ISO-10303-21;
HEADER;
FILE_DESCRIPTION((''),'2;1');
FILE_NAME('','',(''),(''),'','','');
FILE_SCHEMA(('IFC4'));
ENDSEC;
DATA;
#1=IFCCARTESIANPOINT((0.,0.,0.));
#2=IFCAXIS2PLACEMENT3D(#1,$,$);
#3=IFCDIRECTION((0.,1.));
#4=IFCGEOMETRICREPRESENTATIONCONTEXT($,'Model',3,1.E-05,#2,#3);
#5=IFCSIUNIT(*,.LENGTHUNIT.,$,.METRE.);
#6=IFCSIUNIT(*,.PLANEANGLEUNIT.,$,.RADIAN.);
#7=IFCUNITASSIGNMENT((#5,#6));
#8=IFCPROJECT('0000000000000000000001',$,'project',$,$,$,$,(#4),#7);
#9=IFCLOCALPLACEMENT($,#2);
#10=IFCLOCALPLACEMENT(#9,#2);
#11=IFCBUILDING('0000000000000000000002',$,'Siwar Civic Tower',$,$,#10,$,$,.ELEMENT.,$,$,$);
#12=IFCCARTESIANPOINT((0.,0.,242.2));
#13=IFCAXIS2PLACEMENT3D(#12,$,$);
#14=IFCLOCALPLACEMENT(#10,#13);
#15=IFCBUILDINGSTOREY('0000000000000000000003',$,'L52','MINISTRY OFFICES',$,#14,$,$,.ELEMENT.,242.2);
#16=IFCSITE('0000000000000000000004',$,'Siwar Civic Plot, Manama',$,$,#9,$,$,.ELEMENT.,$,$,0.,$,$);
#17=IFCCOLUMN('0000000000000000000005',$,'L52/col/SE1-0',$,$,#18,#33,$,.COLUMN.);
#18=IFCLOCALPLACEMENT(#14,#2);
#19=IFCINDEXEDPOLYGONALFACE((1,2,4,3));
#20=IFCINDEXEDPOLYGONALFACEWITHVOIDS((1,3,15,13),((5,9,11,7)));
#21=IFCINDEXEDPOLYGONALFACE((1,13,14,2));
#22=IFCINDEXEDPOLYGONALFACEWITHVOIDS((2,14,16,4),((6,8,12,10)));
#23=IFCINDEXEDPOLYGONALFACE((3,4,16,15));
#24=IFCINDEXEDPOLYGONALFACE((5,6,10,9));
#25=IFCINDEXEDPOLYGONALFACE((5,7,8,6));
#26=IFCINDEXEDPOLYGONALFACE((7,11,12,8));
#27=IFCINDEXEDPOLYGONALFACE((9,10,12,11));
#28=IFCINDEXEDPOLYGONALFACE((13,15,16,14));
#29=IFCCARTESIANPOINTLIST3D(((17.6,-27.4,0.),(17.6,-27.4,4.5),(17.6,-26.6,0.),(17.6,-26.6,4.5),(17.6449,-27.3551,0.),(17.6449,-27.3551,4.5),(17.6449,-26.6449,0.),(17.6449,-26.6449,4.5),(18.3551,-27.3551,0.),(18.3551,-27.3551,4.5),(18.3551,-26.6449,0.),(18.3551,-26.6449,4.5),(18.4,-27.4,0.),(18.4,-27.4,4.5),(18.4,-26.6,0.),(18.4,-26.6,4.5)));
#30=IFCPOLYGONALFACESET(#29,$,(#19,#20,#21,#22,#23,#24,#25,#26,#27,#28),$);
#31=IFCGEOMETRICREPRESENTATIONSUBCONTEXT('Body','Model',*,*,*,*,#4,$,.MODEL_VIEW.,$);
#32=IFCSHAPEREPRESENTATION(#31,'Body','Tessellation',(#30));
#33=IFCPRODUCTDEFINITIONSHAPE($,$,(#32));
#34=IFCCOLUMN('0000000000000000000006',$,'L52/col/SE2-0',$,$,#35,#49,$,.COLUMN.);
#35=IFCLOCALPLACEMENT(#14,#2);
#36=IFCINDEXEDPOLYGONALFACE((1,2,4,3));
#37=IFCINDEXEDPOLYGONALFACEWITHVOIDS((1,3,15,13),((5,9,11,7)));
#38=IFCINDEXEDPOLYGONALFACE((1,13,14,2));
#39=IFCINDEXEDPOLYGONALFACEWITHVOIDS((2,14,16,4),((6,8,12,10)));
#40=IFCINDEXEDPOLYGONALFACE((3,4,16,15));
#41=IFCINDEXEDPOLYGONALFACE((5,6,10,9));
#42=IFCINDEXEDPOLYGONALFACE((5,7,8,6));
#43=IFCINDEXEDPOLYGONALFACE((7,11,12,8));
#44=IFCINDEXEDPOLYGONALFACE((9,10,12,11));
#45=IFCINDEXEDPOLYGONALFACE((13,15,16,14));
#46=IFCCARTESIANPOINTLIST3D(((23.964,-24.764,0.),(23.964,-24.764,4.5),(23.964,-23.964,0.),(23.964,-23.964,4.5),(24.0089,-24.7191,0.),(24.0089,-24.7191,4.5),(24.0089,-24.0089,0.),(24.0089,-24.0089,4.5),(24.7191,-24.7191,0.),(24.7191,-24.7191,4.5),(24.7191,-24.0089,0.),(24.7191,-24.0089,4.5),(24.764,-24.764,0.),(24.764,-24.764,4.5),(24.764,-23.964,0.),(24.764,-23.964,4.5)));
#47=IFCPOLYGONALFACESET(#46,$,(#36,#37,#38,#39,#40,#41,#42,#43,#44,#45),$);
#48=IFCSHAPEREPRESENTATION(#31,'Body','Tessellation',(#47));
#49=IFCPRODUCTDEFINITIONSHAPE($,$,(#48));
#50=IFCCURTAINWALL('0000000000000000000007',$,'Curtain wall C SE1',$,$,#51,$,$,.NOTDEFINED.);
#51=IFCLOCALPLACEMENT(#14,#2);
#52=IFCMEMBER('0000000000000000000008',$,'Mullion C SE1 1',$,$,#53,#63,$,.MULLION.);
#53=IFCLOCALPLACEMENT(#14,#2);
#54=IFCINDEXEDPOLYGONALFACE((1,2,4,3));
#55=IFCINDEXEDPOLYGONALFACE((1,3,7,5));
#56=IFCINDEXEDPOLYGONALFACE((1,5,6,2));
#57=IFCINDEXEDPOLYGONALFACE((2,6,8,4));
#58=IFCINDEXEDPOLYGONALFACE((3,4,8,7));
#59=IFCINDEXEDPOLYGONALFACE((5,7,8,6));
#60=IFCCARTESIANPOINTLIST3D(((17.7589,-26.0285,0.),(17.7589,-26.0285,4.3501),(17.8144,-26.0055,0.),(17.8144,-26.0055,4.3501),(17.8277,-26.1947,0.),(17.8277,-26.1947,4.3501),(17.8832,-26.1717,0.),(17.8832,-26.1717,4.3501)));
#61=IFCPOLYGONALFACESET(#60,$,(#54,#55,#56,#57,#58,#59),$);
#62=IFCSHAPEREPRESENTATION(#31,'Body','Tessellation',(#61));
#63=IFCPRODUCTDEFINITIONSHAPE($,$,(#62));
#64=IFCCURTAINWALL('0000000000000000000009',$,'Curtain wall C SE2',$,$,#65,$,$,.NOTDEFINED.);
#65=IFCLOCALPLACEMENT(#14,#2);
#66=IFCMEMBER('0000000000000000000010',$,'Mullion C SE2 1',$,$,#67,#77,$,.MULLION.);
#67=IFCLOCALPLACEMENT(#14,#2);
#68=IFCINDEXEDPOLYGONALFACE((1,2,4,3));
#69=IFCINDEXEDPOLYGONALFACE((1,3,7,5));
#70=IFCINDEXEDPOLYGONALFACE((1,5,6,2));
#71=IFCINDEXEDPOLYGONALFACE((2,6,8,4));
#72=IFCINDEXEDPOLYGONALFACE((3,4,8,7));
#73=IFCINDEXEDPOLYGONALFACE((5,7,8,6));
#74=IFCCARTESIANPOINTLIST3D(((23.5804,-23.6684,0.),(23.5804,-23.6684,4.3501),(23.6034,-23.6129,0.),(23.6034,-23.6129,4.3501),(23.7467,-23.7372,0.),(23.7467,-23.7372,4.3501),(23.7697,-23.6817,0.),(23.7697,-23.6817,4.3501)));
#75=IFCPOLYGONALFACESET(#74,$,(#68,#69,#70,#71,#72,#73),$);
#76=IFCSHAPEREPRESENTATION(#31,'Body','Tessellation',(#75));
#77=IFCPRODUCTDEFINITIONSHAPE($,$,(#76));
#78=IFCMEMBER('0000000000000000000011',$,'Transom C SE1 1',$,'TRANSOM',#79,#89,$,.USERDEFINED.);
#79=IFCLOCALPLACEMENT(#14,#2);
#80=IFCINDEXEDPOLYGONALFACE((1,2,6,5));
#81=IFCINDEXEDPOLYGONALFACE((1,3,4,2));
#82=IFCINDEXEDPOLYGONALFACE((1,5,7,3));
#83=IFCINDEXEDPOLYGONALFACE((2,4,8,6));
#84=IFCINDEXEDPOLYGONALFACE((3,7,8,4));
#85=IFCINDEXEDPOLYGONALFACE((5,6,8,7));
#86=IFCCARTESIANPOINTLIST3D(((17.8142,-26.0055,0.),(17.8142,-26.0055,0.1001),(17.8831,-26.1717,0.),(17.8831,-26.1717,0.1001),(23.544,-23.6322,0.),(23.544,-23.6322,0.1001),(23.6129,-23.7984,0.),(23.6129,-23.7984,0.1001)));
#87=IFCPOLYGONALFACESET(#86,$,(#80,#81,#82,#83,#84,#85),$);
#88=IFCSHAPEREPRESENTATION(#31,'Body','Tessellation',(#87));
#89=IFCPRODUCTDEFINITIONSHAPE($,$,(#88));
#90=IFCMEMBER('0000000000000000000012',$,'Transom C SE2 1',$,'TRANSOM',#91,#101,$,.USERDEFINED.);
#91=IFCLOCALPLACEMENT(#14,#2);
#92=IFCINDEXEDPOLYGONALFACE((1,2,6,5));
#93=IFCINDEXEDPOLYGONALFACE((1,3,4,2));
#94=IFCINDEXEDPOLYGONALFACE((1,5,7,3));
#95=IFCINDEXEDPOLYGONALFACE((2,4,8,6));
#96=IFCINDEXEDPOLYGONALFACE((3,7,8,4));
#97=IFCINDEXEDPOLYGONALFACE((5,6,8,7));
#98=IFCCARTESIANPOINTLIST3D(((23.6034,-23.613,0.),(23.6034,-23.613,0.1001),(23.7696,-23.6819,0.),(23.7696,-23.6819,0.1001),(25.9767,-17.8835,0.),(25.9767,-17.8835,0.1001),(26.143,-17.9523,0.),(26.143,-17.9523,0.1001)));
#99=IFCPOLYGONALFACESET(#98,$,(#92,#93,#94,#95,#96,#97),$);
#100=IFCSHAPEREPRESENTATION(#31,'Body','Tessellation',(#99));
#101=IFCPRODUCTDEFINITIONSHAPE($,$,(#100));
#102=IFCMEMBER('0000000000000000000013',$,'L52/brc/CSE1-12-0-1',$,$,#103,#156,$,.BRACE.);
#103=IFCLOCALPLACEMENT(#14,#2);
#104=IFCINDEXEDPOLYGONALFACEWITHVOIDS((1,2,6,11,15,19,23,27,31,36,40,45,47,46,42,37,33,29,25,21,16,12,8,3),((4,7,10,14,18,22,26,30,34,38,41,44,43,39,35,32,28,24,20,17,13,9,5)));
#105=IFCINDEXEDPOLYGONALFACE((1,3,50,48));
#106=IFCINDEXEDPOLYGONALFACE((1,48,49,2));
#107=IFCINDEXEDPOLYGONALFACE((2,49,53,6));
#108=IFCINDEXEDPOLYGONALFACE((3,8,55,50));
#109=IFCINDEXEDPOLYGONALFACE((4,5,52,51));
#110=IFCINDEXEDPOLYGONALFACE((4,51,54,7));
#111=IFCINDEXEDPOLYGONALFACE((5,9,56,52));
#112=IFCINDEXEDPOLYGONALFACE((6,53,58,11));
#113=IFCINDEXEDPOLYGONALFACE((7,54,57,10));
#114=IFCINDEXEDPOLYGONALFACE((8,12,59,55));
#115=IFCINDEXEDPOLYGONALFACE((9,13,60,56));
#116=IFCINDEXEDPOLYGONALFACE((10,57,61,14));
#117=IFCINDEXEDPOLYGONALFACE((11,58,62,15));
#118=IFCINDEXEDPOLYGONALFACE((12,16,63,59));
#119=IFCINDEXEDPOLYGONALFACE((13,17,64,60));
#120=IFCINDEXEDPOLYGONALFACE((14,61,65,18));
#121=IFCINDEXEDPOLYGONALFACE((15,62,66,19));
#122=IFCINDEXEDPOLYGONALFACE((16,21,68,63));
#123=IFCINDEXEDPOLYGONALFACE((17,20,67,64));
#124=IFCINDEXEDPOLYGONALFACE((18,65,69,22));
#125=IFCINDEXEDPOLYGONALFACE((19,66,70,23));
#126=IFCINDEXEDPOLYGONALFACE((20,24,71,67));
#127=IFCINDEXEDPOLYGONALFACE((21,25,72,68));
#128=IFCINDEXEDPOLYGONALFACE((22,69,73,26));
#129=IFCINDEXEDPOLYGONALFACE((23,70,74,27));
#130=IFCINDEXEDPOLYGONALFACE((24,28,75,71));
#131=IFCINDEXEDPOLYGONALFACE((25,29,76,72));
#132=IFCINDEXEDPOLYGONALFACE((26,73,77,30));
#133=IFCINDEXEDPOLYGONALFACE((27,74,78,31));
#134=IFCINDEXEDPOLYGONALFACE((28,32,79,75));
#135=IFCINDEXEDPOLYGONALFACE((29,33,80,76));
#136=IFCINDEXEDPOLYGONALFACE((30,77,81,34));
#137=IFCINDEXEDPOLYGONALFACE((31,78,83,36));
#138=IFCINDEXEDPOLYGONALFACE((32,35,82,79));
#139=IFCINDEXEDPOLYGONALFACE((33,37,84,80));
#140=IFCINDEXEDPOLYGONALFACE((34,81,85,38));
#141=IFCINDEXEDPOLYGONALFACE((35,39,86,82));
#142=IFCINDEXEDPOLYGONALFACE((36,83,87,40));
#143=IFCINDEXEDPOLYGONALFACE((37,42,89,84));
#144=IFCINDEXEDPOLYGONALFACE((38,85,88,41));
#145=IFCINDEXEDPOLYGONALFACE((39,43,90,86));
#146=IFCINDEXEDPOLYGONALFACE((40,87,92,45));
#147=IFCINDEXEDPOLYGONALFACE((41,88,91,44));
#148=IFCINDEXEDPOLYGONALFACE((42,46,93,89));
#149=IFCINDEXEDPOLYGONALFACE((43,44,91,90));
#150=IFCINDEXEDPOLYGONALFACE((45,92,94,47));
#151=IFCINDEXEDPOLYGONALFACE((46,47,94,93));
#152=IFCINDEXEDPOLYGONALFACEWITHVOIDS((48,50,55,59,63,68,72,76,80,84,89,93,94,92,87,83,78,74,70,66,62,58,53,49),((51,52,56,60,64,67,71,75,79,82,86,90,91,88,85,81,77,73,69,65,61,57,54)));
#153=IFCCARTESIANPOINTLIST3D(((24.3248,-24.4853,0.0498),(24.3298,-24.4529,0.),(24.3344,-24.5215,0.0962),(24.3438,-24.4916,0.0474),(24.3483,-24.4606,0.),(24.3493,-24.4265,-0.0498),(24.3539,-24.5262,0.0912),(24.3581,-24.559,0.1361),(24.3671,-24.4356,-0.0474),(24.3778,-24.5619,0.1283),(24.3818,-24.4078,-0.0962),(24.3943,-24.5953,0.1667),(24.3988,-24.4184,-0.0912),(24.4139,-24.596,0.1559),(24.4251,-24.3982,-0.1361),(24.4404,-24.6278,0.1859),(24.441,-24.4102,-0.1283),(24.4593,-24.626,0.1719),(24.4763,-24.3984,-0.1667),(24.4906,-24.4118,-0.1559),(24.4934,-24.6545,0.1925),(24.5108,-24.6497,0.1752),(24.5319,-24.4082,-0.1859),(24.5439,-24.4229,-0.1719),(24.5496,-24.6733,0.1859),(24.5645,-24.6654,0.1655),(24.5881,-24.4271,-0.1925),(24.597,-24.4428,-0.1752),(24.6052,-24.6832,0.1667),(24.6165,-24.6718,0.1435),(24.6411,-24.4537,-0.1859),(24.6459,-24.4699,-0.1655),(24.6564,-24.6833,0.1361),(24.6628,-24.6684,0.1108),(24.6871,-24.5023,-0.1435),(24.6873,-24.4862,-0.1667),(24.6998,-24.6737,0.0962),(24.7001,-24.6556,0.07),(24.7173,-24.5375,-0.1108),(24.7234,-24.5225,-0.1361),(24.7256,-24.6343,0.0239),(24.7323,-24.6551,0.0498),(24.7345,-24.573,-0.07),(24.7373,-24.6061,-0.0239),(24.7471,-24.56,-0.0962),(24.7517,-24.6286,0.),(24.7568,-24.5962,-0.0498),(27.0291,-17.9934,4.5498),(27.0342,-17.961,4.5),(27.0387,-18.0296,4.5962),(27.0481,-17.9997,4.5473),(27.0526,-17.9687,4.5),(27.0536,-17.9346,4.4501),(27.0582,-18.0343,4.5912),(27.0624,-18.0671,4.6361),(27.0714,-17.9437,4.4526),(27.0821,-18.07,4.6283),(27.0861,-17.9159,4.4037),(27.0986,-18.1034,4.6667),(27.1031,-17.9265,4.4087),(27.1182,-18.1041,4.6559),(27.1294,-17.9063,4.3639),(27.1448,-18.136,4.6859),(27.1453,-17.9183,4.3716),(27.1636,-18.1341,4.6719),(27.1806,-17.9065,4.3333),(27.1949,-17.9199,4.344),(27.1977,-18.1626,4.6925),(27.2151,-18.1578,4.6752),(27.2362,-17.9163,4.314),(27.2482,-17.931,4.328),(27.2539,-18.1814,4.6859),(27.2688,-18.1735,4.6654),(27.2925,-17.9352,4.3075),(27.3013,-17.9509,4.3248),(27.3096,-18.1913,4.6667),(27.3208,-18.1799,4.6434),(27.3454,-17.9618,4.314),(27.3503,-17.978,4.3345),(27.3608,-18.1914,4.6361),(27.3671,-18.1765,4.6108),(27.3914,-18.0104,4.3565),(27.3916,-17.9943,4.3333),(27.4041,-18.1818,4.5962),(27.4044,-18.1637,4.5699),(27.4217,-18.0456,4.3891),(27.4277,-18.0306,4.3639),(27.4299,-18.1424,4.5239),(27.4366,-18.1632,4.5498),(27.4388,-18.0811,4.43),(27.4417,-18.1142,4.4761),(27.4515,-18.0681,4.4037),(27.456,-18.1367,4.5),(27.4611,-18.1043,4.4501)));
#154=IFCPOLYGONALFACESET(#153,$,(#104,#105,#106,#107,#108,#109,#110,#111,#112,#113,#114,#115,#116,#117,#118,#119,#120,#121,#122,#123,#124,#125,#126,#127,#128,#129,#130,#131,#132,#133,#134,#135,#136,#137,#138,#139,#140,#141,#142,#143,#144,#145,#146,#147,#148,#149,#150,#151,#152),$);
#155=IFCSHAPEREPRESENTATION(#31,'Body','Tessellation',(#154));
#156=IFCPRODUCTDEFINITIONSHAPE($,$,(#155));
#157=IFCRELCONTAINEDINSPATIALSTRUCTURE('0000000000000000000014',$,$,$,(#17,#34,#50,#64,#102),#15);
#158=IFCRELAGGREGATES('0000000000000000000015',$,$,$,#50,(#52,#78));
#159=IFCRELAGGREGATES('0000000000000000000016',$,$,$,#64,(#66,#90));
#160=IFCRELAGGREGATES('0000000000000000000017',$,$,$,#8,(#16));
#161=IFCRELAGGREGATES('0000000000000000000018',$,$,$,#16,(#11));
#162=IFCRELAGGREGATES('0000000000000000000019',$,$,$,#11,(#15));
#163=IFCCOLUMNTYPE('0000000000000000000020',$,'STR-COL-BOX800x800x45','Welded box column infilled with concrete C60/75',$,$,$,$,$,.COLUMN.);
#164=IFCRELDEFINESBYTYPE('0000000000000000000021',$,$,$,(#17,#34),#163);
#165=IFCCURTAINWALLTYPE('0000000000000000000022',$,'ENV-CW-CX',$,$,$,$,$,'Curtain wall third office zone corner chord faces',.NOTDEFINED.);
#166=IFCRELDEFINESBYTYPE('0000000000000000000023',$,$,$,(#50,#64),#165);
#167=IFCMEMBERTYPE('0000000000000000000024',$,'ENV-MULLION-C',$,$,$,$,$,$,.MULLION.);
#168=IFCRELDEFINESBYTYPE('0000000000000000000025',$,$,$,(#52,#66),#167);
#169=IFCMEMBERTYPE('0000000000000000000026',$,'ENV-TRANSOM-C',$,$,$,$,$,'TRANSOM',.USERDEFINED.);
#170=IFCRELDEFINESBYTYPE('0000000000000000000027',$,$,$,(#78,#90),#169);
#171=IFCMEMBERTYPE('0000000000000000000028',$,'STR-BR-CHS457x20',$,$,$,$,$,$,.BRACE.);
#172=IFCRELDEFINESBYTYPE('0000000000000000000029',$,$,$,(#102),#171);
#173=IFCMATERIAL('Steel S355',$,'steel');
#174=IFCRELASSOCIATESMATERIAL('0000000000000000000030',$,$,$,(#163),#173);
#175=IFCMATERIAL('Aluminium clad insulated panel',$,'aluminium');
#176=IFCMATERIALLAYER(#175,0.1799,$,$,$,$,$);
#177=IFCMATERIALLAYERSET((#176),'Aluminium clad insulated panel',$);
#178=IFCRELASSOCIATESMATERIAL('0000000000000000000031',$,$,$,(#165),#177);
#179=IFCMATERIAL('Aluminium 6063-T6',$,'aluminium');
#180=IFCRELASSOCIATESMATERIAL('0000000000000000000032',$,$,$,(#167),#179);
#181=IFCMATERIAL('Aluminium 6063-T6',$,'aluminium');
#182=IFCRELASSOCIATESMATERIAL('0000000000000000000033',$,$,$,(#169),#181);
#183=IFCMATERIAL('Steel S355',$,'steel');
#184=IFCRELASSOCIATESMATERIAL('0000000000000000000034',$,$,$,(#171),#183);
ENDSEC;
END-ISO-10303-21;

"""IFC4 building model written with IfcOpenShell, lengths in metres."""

from ifc_helpers import new_model, si_unit, direction, frame, origin, origin_2d, place, context, subcontext, project, spatial, rectangle, hollow_rectangle, hollow_circle, extrude, material, layer, layer_set, material_profile, profile_set, type_object, element, aggregate, save


model = new_model("IFC4")

# Units and contexts
model_context = context("Model", 3, precision=1e-05, world=origin(), true_north=direction((0.0, 1.0)))
body_context = subcontext(model_context, "Body", "Model", "MODEL_VIEW")
ifc_project = project(units=[si_unit("LENGTHUNIT", "METRE"), si_unit("PLANEANGLEUNIT", "RADIAN")], contexts=[model_context])

# Site, building, storey
site_placement = place(None, origin())
site = spatial("IfcSite", under=ifc_project, at=site_placement, Name="Siwar Civic Plot, Manama", CompositionType="ELEMENT", RefElevation=0.0)
building_placement = place(site_placement, origin())
building = spatial("IfcBuilding", under=site, at=building_placement, Name="Siwar Civic Tower", CompositionType="ELEMENT")
storey_placement = place(building_placement, frame((0.0, 0.0, 242.2)))
storey = spatial("IfcBuildingStorey", under=building, at=storey_placement, Name="L52", Description="MINISTRY OFFICES", CompositionType="ELEMENT", Elevation=242.2)

# Columns
ifc_material_1 = material(Name="Steel S355", Category="steel")
ifc_material_profile_1 = material_profile(ifc_material_1, hollow_rectangle(XDim=0.8, YDim=0.8, WallThickness=0.0449, at=origin_2d()), Name="BOX800x800x45")
ifc_profile_set_1 = profile_set([ifc_material_profile_1], Name="Steel S355")
column_type = type_object("IfcColumnType", Name="STR-COL-BOX800x800x45", Description="Welded box column infilled with concrete C60/75", PredefinedType="COLUMN", material=ifc_profile_set_1)
for number, where, z_axis, x_axis, name in (
    (1, (18.0, -27.0, 0.0), (0.0, 0.0, 1.0), (1.0, 0.0, 0.0), "L52/col/SE1-0"),
    (2, (24.364, -24.364, 0.0), (0.0, 0.0, 1.0), (1.0, 0.0, 0.0), "L52/col/SE2-0"),
):
    element("IfcColumn", number, at=place(storey_placement, frame(where, z_axis=z_axis, x_axis=x_axis)), inside=storey, type_object=column_type, Name=name, PredefinedType="COLUMN", context=body_context, shape_type="SweptSolid", body=[
        extrude(hollow_rectangle(XDim=0.8, YDim=0.8, WallThickness=0.0449, at=origin_2d()), origin(), (0.0, 0.0, 1.0), 4.5),
    ])

# Curtain walls, members
ifc_material_2 = material(Name="Aluminium clad insulated panel", Category="aluminium")
ifc_layer_1 = layer(ifc_material_2, 0.1799)
ifc_layer_set_1 = layer_set([ifc_layer_1], Name="Aluminium clad insulated panel")
curtain_wall_type = type_object("IfcCurtainWallType", Name="ENV-CW-CX", ElementType="Curtain wall third office zone corner chord faces", PredefinedType="NOTDEFINED", material=ifc_layer_set_1)
curtain_wall_1_placement = place(storey_placement, origin())
curtain_wall_1 = element("IfcCurtainWall", 3, at=curtain_wall_1_placement, inside=storey, type_object=curtain_wall_type, Name="Curtain wall C SE1", PredefinedType="NOTDEFINED")
ifc_material_3 = material(Name="Aluminium 6063-T6", Category="aluminium")
ifc_material_profile_2 = material_profile(ifc_material_3, rectangle(XDim=0.1799, YDim=0.0601, at=origin_2d()), Name="AL 180x60")
ifc_profile_set_2 = profile_set([ifc_material_profile_2], Name="Aluminium 6063-T6")
member_type_1 = type_object("IfcMemberType", Name="ENV-MULLION-C", PredefinedType="MULLION", material=ifc_profile_set_2)
member_1_placement = place(storey_placement, frame((17.821, -26.1001, 0.0), z_axis=(0.0, 0.0, 1.0), x_axis=(-0.382683, 0.92388, 0.0)))
member_1 = element("IfcMember", 4, at=member_1_placement, type_object=member_type_1, Name="Mullion C SE1 1", PredefinedType="MULLION", context=body_context, shape_type="SweptSolid", body=[
    extrude(rectangle(XDim=0.1799, YDim=0.0601, at=origin_2d()), origin(), (0.0, 0.0, 1.0), 4.3501),
])
curtain_wall_2_placement = place(storey_placement, origin())
curtain_wall_2 = element("IfcCurtainWall", 5, at=curtain_wall_2_placement, inside=storey, type_object=curtain_wall_type, Name="Curtain wall C SE2", PredefinedType="NOTDEFINED")
member_2_placement = place(storey_placement, frame((23.675, -23.675, 0.0), z_axis=(0.0, 0.0, 1.0), x_axis=(-0.92388, 0.382683, 0.0)))
member_2 = element("IfcMember", 6, at=member_2_placement, type_object=member_type_1, Name="Mullion C SE2 1", PredefinedType="MULLION", context=body_context, shape_type="SweptSolid", body=[
    extrude(rectangle(XDim=0.1799, YDim=0.0601, at=origin_2d()), origin(), (0.0, 0.0, 1.0), 4.3501),
])

# Members
ifc_material_4 = material(Name="Aluminium 6063-T6", Category="aluminium")
ifc_material_profile_3 = material_profile(ifc_material_4, rectangle(XDim=0.1799, YDim=0.1001, at=origin_2d()), Name="AL 180x100")
ifc_profile_set_3 = profile_set([ifc_material_profile_3], Name="Aluminium 6063-T6")
member_type_2 = type_object("IfcMemberType", Name="ENV-TRANSOM-C", ElementType="TRANSOM", PredefinedType="USERDEFINED", material=ifc_profile_set_3)
member_3_placement = place(storey_placement, frame((17.8486, -26.0886, 0.05), z_axis=(0.923882, 0.382677, 0.0), x_axis=(-0.382677, 0.923882, 0.0)))
member_3 = element("IfcMember", 7, at=member_3_placement, type_object=member_type_2, Name="Transom C SE1 1", ObjectType="TRANSOM", PredefinedType="USERDEFINED", context=body_context, shape_type="SweptSolid", body=[
    extrude(rectangle(XDim=0.1799, YDim=0.1001, at=origin_2d()), origin(), (0.0, 0.0, 1.0), 6.2019),
])
member_4_placement = place(storey_placement, frame((23.6865, -23.6475, 0.05), z_axis=(0.382691, 0.923876, 0.0), x_axis=(-0.923876, 0.382691, 0.0)))
member_4 = element("IfcMember", 8, at=member_4_placement, type_object=member_type_2, Name="Transom C SE2 1", ObjectType="TRANSOM", PredefinedType="USERDEFINED", context=body_context, shape_type="SweptSolid", body=[
    extrude(rectangle(XDim=0.1799, YDim=0.1001, at=origin_2d()), origin(), (0.0, 0.0, 1.0), 6.2017),
])

# Member
ifc_material_5 = material(Name="Steel S355", Category="steel")
ifc_material_profile_4 = material_profile(ifc_material_5, hollow_circle(Radius=0.2285, WallThickness=0.02, at=origin_2d()), Name="CHS457x20")
ifc_profile_set_4 = profile_set([ifc_material_profile_4], Name="Steel S355")
member_type_3 = type_object("IfcMemberType", Name="STR-BR-CHS457x20", PredefinedType="BRACE", material=ifc_profile_set_4)
member_5_placement = place(storey_placement, frame((24.5408, -24.5408, 0.0), z_axis=(0.323906, 0.777555, 0.538975), x_axis=(-0.923109, 0.384539, 0.0)))
element("IfcMember", 9, at=member_5_placement, inside=storey, type_object=member_type_3, Name="L52/brc/CSE1-12-0-1", PredefinedType="BRACE", context=body_context, shape_type="SweptSolid", body=[
    extrude(hollow_circle(Radius=0.2285, WallThickness=0.02, at=origin_2d()), origin(), (0.0, 0.0, 1.0), 8.3491),
])

aggregate(curtain_wall_1, [member_1, member_3])
aggregate(curtain_wall_2, [member_2, member_4])

save(model, "model.ifc")
